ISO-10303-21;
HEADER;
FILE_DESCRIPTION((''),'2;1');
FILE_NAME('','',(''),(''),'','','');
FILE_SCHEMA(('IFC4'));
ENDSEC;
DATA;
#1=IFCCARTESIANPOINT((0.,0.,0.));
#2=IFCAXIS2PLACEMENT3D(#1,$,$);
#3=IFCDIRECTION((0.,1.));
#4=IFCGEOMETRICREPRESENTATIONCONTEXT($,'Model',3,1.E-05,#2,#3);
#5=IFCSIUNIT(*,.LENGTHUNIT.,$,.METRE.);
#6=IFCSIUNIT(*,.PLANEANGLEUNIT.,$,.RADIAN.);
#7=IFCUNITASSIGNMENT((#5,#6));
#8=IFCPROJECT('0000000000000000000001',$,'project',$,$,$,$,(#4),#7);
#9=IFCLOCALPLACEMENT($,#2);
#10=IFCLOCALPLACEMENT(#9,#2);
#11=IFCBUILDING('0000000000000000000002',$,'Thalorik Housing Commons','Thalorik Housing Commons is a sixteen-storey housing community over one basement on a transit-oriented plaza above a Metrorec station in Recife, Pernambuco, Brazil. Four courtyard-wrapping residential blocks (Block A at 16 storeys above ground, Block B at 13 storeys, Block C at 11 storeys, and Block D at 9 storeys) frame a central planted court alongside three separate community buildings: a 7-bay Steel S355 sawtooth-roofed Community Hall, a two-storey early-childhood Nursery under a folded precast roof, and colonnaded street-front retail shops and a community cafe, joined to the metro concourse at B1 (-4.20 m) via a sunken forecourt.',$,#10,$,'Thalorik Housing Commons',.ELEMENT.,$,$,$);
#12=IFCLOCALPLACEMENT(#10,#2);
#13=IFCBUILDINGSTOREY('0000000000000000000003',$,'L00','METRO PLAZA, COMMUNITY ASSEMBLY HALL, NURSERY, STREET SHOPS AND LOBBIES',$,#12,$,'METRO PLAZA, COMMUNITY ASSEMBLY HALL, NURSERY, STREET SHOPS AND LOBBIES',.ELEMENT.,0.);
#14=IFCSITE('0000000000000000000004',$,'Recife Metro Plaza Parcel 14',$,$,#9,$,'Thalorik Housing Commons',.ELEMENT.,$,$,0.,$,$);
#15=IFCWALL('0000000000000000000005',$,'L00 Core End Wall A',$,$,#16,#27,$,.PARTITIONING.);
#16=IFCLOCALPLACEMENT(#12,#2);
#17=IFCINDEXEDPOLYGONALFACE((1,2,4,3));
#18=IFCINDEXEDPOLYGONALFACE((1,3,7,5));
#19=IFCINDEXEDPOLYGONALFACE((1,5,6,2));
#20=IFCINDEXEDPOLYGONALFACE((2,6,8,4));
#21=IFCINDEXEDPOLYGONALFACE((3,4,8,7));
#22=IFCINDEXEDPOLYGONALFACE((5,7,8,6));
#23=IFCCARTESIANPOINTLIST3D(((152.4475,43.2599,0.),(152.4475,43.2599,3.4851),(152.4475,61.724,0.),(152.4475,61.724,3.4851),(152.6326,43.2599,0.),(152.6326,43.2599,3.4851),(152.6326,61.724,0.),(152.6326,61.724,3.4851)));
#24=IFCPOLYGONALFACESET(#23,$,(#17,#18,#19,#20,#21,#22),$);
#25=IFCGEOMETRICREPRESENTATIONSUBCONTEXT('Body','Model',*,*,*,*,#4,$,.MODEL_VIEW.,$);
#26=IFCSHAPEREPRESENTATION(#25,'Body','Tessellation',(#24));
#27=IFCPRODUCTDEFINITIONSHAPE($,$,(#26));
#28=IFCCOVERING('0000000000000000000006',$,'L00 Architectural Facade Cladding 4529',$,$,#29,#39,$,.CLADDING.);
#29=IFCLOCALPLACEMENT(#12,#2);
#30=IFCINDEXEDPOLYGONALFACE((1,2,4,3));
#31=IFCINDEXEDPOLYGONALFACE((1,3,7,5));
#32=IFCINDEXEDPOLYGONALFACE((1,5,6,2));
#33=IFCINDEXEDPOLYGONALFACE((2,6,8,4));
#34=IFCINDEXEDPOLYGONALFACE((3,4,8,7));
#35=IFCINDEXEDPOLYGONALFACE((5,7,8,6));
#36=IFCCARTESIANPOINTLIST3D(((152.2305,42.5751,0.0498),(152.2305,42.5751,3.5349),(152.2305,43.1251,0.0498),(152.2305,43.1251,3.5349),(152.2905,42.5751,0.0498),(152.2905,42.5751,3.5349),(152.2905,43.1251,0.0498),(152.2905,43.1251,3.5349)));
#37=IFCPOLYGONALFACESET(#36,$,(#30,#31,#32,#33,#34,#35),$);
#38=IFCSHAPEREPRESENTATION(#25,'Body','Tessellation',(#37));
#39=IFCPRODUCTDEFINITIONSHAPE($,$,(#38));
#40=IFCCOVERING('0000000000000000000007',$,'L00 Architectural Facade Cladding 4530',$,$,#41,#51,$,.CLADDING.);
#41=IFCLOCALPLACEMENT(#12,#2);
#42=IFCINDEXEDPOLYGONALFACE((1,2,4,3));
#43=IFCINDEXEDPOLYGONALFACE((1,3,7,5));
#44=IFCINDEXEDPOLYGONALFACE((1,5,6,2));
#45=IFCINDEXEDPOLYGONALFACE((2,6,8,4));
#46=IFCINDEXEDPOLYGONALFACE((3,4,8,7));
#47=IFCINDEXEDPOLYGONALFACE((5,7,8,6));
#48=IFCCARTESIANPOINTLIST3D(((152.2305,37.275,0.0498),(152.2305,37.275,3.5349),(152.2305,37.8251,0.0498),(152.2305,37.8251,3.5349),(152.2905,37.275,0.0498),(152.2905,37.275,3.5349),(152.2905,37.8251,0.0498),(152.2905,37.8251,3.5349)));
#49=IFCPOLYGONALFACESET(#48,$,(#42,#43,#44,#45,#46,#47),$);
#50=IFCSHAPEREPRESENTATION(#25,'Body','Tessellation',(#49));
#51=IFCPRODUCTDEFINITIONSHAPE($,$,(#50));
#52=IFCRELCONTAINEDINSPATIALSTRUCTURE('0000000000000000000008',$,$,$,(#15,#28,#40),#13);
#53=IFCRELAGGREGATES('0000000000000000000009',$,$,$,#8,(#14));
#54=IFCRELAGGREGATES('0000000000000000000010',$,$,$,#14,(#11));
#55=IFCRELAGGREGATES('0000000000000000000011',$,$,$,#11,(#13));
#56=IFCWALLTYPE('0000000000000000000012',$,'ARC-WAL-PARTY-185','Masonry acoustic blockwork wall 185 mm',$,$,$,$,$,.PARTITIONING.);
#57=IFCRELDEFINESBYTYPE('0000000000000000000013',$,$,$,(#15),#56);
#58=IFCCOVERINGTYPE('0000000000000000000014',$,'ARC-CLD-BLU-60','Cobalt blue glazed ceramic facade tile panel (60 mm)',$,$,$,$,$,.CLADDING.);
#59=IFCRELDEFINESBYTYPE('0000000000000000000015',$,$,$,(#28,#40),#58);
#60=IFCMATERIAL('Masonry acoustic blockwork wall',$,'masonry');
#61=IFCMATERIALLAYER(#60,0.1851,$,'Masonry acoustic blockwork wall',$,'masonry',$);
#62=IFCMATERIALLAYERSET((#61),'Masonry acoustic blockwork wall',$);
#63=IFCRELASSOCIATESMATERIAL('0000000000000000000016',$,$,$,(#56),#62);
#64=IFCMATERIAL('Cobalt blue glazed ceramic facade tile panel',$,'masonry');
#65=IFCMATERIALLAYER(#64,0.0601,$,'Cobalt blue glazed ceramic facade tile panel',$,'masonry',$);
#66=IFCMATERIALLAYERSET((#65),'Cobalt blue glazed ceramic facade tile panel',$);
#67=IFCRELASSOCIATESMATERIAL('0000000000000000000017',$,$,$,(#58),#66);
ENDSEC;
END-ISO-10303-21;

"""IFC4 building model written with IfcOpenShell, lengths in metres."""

from ifc_helpers import new_model, si_unit, direction, frame, frame_2d, origin, origin_2d, place, context, subcontext, project, spatial, rectangle, extrude, material, layer, layer_set, type_object, element, save


model = new_model("IFC4")

# Units and contexts
model_context = context("Model", 3, precision=1e-05, world=origin(), true_north=direction((0.0, 1.0)))
body_context = subcontext(model_context, "Body", "Model", "MODEL_VIEW")
ifc_project = project(units=[si_unit("LENGTHUNIT", "METRE"), si_unit("PLANEANGLEUNIT", "RADIAN")], contexts=[model_context])

# Site, building, storey
site_placement = place(None, origin())
site = spatial("IfcSite", under=ifc_project, at=site_placement, Name="Recife Metro Plaza Parcel 14", LongName="Thalorik Housing Commons", CompositionType="ELEMENT", RefElevation=0.0)
building_placement = place(site_placement, origin())
building = spatial("IfcBuilding", under=site, at=building_placement, Name="Thalorik Housing Commons", Description="Thalorik Housing Commons is a sixteen-storey housing community over one basement on a transit-oriented plaza above a Metrorec station in Recife, Pernambuco, Brazil. Four courtyard-wrapping residential blocks (Block A at 16 storeys above ground, Block B at 13 storeys, Block C at 11 storeys, and Block D at 9 storeys) frame a central planted court alongside three separate community buildings: a 7-bay Steel S355 sawtooth-roofed Community Hall, a two-storey early-childhood Nursery under a folded precast roof, and colonnaded street-front retail shops and a community cafe, joined to the metro concourse at B1 (-4.20 m) via a sunken forecourt.", LongName="Thalorik Housing Commons", CompositionType="ELEMENT")
storey_placement = place(building_placement, origin())
storey = spatial("IfcBuildingStorey", under=building, at=storey_placement, Name="L00", Description="METRO PLAZA, COMMUNITY ASSEMBLY HALL, NURSERY, STREET SHOPS AND LOBBIES", LongName="METRO PLAZA, COMMUNITY ASSEMBLY HALL, NURSERY, STREET SHOPS AND LOBBIES", CompositionType="ELEMENT", Elevation=0.0)

# Wall
ifc_material_1 = material(Name="Masonry acoustic blockwork wall", Category="masonry")
ifc_layer_1 = layer(ifc_material_1, 0.1851, Name="Masonry acoustic blockwork wall", Category="masonry")
ifc_layer_set_1 = layer_set([ifc_layer_1], Name="Masonry acoustic blockwork wall")
wall_type_1 = type_object("IfcWallType", Name="ARC-WAL-PARTY-185", Description="Masonry acoustic blockwork wall 185 mm", PredefinedType="PARTITIONING", material=ifc_layer_set_1)
wall_1_placement = place(storey_placement, frame((152.54, 43.26, 0.0), z_axis=(0.0, 0.0, 1.0), x_axis=(0.0, 1.0, 0.0)))
element("IfcWall", 1, at=wall_1_placement, inside=storey, type_object=wall_type_1, Name="L00 Core End Wall A", PredefinedType="PARTITIONING", context=body_context, shape_type="SweptSolid", body=[
    extrude(rectangle(XDim=18.4641, YDim=0.1851, at=frame_2d((9.2319, 0.0))), origin(), (0.0, 0.0, 1.0), 3.4851),
])

# Coverings
ifc_material_2 = material(Name="Cobalt blue glazed ceramic facade tile panel", Category="masonry")
ifc_layer_2 = layer(ifc_material_2, 0.0601, Name="Cobalt blue glazed ceramic facade tile panel", Category="masonry")
ifc_layer_set_2 = layer_set([ifc_layer_2], Name="Cobalt blue glazed ceramic facade tile panel")
covering_type = type_object("IfcCoveringType", Name="ARC-CLD-BLU-60", Description="Cobalt blue glazed ceramic facade tile panel (60 mm)", PredefinedType="CLADDING", material=ifc_layer_set_2)
for number, where, z_axis, x_axis, name in (
    (2, (152.2605, 42.8501, 0.0498), (0.0, 0.0, 1.0), (0.0, -1.0, 0.0), "L00 Architectural Facade Cladding 4529"),
    (3, (152.2605, 37.55, 0.0498), (0.0, 0.0, 1.0), (0.0, -1.0, 0.0), "L00 Architectural Facade Cladding 4530"),
):
    element("IfcCovering", number, at=place(storey_placement, frame(where, z_axis=z_axis, x_axis=x_axis)), inside=storey, type_object=covering_type, Name=name, PredefinedType="CLADDING", context=body_context, shape_type="SweptSolid", body=[
        extrude(rectangle(XDim=0.55, YDim=0.0601, at=origin_2d()), origin(), (0.0, 0.0, 1.0), 3.4851),
    ])

save(model, "model.ifc")
